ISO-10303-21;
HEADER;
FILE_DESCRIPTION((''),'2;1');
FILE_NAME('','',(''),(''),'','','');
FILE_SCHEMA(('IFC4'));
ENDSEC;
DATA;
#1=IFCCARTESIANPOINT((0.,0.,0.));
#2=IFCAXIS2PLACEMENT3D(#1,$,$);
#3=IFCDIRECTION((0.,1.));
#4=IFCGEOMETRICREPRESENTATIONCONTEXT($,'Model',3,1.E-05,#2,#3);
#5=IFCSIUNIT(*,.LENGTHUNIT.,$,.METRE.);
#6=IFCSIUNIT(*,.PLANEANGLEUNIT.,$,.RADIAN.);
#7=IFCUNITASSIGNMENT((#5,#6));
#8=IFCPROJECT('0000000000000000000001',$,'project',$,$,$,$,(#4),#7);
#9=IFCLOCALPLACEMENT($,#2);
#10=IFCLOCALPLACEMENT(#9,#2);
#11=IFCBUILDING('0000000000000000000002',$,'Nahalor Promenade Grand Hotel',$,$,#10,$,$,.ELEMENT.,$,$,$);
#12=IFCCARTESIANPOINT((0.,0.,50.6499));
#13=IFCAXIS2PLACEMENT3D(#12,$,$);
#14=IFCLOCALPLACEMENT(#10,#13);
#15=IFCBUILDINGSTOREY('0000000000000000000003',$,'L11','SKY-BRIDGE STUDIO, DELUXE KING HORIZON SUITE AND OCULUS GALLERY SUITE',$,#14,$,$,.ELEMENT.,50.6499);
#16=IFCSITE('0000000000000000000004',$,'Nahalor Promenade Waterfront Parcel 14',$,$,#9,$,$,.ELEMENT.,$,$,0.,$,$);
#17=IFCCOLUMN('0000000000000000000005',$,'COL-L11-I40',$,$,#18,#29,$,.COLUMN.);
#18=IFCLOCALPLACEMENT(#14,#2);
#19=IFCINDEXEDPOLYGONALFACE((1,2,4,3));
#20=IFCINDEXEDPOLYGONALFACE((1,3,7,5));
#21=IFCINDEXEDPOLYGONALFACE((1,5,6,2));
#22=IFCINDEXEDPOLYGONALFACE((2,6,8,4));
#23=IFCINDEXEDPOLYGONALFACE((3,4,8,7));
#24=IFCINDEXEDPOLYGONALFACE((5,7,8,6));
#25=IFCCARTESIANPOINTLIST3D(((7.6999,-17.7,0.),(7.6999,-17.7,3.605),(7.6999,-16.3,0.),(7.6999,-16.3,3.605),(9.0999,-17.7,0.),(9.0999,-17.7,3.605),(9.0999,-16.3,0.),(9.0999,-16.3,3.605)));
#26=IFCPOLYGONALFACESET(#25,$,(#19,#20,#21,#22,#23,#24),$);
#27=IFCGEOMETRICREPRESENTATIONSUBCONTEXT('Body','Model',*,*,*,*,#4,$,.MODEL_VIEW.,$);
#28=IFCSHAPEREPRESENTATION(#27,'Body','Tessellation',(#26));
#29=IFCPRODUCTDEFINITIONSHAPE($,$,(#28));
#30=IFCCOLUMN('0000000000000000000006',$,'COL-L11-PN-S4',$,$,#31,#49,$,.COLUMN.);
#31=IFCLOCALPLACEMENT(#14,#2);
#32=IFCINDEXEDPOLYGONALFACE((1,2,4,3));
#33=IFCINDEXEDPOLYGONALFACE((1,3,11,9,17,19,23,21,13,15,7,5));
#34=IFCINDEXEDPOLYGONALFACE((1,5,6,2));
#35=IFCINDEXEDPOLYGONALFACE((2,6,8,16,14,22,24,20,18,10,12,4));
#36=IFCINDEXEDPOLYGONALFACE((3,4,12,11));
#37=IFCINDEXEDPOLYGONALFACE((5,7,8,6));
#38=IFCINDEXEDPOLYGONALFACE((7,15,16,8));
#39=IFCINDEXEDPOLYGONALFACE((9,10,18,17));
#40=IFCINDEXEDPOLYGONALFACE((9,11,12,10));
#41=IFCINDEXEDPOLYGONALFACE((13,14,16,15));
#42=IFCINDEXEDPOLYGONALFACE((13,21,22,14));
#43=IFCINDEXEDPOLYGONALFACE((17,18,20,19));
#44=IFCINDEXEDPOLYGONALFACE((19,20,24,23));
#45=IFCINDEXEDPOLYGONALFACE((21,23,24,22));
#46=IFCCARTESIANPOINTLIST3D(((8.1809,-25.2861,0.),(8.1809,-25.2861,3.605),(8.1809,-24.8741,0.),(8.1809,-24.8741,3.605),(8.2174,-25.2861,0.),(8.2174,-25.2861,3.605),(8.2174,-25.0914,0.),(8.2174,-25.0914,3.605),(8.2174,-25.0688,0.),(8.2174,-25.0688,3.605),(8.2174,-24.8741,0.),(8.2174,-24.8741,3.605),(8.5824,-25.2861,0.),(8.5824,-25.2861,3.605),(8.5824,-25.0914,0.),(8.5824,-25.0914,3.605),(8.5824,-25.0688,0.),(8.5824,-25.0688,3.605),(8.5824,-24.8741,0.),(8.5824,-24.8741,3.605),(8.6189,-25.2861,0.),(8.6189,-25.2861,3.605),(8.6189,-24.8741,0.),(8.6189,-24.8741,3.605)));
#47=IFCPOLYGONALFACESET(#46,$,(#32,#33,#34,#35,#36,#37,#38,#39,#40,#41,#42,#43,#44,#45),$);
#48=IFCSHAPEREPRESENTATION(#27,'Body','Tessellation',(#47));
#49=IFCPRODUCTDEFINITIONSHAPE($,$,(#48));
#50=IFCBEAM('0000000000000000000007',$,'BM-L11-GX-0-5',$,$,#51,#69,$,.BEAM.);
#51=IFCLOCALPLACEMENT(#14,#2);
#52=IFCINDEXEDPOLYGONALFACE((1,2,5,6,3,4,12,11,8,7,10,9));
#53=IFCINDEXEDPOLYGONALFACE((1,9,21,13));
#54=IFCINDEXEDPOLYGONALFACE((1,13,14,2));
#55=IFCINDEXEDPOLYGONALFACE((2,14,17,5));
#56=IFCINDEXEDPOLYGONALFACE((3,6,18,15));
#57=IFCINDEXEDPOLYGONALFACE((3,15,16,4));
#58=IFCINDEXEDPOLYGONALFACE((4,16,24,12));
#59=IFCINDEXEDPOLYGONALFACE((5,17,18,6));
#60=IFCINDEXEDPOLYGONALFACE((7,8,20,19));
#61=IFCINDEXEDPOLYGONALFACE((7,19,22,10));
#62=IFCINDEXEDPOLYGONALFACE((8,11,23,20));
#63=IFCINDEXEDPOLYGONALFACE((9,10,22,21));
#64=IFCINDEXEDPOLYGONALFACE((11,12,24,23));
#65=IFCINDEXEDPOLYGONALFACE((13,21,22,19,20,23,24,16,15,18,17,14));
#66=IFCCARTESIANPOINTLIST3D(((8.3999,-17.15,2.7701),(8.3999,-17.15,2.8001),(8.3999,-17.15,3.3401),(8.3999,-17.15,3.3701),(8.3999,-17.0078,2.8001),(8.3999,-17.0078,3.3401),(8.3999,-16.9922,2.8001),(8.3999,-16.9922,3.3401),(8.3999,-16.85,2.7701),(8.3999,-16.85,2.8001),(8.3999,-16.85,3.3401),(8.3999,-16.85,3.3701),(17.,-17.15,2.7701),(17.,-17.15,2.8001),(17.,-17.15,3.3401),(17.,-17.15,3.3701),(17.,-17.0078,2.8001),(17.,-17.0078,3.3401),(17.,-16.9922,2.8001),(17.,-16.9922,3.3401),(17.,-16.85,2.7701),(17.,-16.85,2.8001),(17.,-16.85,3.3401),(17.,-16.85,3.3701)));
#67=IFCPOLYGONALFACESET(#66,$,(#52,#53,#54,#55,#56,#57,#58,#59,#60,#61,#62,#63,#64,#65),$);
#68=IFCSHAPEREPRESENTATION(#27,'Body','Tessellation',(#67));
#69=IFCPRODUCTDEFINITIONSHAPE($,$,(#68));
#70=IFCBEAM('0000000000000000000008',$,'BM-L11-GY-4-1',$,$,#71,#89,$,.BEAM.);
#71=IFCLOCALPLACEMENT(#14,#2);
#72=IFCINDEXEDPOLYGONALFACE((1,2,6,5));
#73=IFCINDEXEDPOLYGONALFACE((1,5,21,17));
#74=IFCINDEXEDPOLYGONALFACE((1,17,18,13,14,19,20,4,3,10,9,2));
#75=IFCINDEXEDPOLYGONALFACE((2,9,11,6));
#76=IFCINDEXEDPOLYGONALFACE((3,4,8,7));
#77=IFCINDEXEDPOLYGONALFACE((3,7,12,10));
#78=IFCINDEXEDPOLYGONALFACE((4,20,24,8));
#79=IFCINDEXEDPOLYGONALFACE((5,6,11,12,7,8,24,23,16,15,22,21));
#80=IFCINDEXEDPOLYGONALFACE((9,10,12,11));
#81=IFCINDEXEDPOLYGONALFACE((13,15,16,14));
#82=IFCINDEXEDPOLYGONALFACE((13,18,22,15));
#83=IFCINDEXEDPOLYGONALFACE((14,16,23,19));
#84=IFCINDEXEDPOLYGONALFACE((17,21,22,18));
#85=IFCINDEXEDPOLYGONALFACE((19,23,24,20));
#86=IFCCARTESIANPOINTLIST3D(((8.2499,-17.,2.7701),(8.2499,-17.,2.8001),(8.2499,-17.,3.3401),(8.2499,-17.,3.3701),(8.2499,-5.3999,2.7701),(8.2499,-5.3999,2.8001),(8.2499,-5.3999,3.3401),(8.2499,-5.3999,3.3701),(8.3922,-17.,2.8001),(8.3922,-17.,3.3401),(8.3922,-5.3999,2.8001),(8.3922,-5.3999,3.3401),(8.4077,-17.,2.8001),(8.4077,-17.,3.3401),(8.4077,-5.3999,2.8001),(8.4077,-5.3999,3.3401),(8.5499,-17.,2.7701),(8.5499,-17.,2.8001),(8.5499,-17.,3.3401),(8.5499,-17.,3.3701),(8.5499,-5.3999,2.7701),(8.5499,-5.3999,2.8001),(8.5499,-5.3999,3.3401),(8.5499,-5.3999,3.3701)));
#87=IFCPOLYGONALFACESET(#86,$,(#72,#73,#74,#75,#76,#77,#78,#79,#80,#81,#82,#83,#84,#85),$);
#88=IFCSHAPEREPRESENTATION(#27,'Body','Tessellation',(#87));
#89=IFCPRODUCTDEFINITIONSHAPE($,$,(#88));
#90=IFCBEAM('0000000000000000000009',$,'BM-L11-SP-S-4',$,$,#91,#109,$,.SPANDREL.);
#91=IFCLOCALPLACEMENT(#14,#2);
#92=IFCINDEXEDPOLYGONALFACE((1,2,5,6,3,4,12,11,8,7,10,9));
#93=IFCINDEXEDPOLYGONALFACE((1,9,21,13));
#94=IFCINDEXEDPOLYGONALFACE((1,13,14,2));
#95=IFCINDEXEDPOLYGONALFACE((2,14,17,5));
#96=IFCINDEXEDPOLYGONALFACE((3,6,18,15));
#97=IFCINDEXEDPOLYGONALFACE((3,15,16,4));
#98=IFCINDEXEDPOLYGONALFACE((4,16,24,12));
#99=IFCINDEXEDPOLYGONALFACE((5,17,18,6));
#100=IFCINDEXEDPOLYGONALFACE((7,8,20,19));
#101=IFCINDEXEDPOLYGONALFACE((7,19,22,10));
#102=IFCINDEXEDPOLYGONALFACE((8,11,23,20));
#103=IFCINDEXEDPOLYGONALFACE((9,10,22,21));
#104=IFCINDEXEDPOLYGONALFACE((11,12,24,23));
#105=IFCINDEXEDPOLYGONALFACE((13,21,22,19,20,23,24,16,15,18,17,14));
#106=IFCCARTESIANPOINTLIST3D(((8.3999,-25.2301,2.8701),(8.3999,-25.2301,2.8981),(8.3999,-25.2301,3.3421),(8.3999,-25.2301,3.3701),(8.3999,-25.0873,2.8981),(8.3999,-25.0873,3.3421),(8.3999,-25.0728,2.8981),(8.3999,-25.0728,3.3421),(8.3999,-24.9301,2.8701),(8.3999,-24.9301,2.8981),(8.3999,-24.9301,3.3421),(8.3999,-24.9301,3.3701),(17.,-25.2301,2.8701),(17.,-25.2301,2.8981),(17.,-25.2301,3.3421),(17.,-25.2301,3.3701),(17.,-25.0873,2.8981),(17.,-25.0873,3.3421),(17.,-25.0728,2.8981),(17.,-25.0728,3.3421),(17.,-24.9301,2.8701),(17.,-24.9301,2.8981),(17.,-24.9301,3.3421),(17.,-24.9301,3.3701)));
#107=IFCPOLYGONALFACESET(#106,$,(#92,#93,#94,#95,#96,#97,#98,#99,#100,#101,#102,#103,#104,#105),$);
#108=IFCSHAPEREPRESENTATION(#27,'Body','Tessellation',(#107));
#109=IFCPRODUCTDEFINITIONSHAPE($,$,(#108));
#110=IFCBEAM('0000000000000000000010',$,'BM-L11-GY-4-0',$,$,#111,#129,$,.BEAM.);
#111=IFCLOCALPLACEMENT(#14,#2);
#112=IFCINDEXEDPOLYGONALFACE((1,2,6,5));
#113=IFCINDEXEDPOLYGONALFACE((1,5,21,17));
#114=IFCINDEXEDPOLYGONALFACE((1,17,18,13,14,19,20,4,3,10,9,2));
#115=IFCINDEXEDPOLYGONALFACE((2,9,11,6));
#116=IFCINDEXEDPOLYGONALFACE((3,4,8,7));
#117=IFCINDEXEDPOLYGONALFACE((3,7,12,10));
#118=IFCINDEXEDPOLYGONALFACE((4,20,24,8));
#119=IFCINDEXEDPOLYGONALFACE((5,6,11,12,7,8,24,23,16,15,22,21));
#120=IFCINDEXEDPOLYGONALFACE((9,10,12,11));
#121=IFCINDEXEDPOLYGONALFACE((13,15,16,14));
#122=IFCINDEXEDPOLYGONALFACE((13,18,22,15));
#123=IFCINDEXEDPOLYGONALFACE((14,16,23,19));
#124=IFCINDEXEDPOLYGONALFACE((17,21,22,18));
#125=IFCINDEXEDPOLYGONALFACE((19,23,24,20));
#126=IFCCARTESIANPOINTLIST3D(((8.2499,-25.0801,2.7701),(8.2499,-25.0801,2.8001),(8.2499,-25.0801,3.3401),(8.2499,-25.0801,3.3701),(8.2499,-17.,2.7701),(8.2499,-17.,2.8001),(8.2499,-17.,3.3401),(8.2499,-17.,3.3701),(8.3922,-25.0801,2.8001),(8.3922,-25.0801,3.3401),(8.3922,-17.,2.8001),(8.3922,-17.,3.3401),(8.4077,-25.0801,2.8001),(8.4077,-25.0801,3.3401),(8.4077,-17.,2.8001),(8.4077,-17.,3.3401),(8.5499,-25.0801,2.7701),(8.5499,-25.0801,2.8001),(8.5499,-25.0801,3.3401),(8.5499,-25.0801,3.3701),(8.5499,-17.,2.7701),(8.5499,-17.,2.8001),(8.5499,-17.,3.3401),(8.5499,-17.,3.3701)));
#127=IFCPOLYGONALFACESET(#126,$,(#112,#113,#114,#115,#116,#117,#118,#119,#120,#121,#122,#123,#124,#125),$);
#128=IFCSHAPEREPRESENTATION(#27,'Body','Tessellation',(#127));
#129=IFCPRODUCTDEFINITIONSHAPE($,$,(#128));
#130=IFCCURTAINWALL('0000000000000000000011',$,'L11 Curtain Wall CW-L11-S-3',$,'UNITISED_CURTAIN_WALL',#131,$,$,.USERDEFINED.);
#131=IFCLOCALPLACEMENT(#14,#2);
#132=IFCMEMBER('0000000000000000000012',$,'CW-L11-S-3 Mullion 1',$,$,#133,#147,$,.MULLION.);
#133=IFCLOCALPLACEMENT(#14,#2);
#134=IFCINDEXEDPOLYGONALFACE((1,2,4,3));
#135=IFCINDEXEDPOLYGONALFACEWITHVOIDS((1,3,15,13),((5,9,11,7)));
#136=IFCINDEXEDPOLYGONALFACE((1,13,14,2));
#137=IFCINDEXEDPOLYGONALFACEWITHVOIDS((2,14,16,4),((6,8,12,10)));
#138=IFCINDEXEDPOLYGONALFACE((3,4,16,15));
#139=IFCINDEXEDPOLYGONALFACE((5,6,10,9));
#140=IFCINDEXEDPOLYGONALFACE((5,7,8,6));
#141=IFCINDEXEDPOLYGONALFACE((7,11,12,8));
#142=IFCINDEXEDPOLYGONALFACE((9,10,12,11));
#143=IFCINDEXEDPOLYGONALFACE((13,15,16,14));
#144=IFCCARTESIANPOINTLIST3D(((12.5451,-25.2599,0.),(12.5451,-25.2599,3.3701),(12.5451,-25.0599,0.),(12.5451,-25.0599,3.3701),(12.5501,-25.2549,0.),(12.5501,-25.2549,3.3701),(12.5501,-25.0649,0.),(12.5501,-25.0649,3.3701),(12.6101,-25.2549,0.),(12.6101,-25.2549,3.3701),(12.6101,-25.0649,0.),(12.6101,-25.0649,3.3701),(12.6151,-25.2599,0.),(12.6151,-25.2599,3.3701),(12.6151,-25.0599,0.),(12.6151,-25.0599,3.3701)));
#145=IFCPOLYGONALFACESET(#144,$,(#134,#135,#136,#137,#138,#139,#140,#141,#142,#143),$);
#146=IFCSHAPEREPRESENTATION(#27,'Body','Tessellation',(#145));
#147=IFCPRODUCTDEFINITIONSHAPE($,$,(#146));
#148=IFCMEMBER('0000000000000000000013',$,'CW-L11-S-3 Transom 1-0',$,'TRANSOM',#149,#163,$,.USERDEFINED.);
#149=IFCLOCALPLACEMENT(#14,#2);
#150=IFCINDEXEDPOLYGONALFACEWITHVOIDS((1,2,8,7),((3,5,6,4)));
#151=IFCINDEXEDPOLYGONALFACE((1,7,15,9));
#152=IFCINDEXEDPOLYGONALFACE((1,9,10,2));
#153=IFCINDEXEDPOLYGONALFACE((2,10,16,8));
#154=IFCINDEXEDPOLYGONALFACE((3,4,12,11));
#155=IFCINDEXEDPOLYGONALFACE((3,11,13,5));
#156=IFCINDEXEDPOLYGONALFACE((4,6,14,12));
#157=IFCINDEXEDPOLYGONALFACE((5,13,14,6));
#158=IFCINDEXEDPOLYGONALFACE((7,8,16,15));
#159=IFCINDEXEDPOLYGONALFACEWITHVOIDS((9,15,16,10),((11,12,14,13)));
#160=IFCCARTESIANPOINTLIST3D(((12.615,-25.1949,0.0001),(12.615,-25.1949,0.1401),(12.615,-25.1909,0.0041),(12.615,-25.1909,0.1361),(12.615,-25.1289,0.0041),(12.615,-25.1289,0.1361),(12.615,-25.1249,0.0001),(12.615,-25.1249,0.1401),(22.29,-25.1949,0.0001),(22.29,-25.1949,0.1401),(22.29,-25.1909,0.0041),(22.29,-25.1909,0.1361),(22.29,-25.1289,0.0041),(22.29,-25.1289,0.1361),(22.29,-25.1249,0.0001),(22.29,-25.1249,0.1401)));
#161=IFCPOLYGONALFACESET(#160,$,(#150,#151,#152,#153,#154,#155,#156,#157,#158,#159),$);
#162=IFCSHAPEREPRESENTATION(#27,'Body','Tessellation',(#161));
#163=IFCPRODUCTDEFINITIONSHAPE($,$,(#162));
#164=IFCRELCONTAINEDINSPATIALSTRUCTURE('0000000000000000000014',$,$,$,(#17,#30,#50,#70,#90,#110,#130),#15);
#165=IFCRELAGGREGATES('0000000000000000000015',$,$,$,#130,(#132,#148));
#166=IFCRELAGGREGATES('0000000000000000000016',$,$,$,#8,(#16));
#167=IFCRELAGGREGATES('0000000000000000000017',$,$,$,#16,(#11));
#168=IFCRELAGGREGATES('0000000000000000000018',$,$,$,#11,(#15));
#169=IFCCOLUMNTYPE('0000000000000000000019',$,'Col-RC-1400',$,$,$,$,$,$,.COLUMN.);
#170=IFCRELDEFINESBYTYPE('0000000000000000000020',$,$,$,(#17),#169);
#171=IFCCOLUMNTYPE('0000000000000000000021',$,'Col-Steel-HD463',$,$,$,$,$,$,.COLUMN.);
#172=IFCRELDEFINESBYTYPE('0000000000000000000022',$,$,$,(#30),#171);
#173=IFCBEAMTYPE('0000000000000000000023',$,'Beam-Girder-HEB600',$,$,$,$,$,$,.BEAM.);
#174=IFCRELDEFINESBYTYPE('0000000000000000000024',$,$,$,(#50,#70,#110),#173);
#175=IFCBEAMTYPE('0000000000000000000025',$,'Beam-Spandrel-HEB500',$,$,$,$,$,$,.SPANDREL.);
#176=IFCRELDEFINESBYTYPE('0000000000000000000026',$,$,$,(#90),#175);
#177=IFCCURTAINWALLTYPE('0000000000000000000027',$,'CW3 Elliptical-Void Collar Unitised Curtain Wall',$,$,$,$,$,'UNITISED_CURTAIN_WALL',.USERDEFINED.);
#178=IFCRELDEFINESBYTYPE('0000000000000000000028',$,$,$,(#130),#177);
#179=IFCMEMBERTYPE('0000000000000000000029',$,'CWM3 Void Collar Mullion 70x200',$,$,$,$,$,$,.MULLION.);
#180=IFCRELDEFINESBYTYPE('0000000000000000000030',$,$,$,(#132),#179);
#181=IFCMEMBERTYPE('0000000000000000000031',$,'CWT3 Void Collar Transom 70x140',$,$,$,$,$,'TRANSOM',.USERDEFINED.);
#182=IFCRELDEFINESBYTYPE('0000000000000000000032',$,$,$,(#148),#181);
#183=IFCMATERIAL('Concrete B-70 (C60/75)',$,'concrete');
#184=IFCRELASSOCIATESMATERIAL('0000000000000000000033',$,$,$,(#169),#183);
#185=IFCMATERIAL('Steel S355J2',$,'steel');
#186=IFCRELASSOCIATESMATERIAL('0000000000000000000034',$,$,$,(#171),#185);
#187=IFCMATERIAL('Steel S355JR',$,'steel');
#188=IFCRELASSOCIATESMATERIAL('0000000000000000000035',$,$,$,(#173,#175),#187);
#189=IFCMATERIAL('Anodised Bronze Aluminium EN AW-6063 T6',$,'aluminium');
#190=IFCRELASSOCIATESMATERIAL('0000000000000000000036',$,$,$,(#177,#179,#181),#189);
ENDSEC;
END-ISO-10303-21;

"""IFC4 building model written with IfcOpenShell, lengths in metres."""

from ifc_helpers import new_model, si_unit, direction, frame, origin, origin_2d, place, context, subcontext, project, spatial, rectangle, hollow_rectangle, i_section, extrude, source, transform, mapped, material, material_profile, profile_set, type_object, element, aggregate, save


model = new_model("IFC4")

# Units and contexts
model_context = context("Model", 3, precision=1e-05, world=origin(), true_north=direction((0.0, 1.0)))
body_context = subcontext(model_context, "Body", "Model", "MODEL_VIEW")
ifc_project = project(units=[si_unit("LENGTHUNIT", "METRE"), si_unit("PLANEANGLEUNIT", "RADIAN")], contexts=[model_context])

# Site, building, storey
site_placement = place(None, origin())
site = spatial("IfcSite", under=ifc_project, at=site_placement, Name="Nahalor Promenade Waterfront Parcel 14", CompositionType="ELEMENT", RefElevation=0.0)
building_placement = place(site_placement, origin())
building = spatial("IfcBuilding", under=site, at=building_placement, Name="Nahalor Promenade Grand Hotel", CompositionType="ELEMENT")
storey_placement = place(building_placement, frame((0.0, 0.0, 50.6499)))
storey = spatial("IfcBuildingStorey", under=building, at=storey_placement, Name="L11", Description="SKY-BRIDGE STUDIO, DELUXE KING HORIZON SUITE AND OCULUS GALLERY SUITE", CompositionType="ELEMENT", Elevation=50.6499)

# Columns
ifc_material_1 = material(Name="Concrete B-70 (C60/75)", Category="concrete")
ifc_material_profile_1 = material_profile(ifc_material_1, rectangle(XDim=1.4, YDim=1.4, at=origin_2d()), Name="RC 1400x1400")
ifc_profile_set_1 = profile_set([ifc_material_profile_1], Name="Concrete B-70 (C60/75)")
column_type_1 = type_object("IfcColumnType", Name="Col-RC-1400", PredefinedType="COLUMN", material=ifc_profile_set_1)
shared_shape_1 = source(origin(), body_context, "Body", "SweptSolid", [
    extrude(rectangle(XDim=1.4, YDim=1.4, at=origin_2d()), origin(), (0.0, 0.0, 1.0), 3.605),
])
column_1_placement = place(storey_placement, frame((8.3999, -17.0, 0.0), z_axis=(0.0, 0.0, 1.0), x_axis=(1.0, 0.0, 0.0)))
element("IfcColumn", 1, at=column_1_placement, inside=storey, type_object=column_type_1, Name="COL-L11-I40", PredefinedType="COLUMN", context=body_context, shape_type="MappedRepresentation", body=[
    mapped(shared_shape_1, transform((0.0, 0.0, 0.0), scale=1.0)),
])
ifc_material_2 = material(Name="Steel S355J2", Category="steel")
ifc_material_profile_2 = material_profile(ifc_material_2, i_section(OverallWidth=0.412, OverallDepth=0.438, WebThickness=0.0226, FlangeThickness=0.0365, at=origin_2d()), Name="HD 400x463")
ifc_profile_set_2 = profile_set([ifc_material_profile_2], Name="Steel S355J2")
column_type_2 = type_object("IfcColumnType", Name="Col-Steel-HD463", PredefinedType="COLUMN", material=ifc_profile_set_2)
shared_shape_2 = source(origin(), body_context, "Body", "SweptSolid", [
    extrude(i_section(OverallWidth=0.412, OverallDepth=0.438, WebThickness=0.0226, FlangeThickness=0.0365, at=origin_2d()), origin(), (0.0, 0.0, 1.0), 3.605),
])
column_2_placement = place(storey_placement, frame((8.3999, -25.0801, 0.0), z_axis=(0.0, 0.0, 1.0), x_axis=(0.0, 1.0, 0.0)))
element("IfcColumn", 2, at=column_2_placement, inside=storey, type_object=column_type_2, Name="COL-L11-PN-S4", PredefinedType="COLUMN", context=body_context, shape_type="MappedRepresentation", body=[
    mapped(shared_shape_2, transform((0.0, 0.0, 0.0), scale=1.0)),
])

# Beams
ifc_material_3 = material(Name="Steel S355JR", Category="steel")
ifc_material_profile_3 = material_profile(ifc_material_3, i_section(OverallWidth=0.3, OverallDepth=0.6, WebThickness=0.0155, FlangeThickness=0.03, at=origin_2d()), Name="HEB 600")
ifc_profile_set_3 = profile_set([ifc_material_profile_3], Name="Steel S355JR")
beam_type_1 = type_object("IfcBeamType", Name="Beam-Girder-HEB600", PredefinedType="BEAM", material=ifc_profile_set_3)
shared_shape_3 = source(origin(), body_context, "Body", "SweptSolid", [
    extrude(i_section(OverallWidth=0.3, OverallDepth=0.6, WebThickness=0.0155, FlangeThickness=0.03, at=origin_2d()), origin(), (0.0, 0.0, 1.0), 8.6001),
])
beam_1_placement = place(storey_placement, frame((8.3999, -17.0, 3.0701), z_axis=(1.0, 0.0, 0.0), x_axis=(0.0, 1.0, 0.0)))
element("IfcBeam", 3, at=beam_1_placement, inside=storey, type_object=beam_type_1, Name="BM-L11-GX-0-5", PredefinedType="BEAM", context=body_context, shape_type="MappedRepresentation", body=[
    mapped(shared_shape_3, transform((0.0, 0.0, 0.0), scale=1.0)),
])
shared_shape_4 = source(origin(), body_context, "Body", "SweptSolid", [
    extrude(i_section(OverallWidth=0.3, OverallDepth=0.6, WebThickness=0.0155, FlangeThickness=0.03, at=origin_2d()), origin(), (0.0, 0.0, 1.0), 11.6001),
])
beam_2_placement = place(storey_placement, frame((8.3999, -17.0, 3.0701), z_axis=(0.0, 1.0, 0.0), x_axis=(-1.0, 0.0, 0.0)))
element("IfcBeam", 4, at=beam_2_placement, inside=storey, type_object=beam_type_1, Name="BM-L11-GY-4-1", PredefinedType="BEAM", context=body_context, shape_type="MappedRepresentation", body=[
    mapped(shared_shape_4, transform((0.0, 0.0, 0.0), scale=1.0)),
])
ifc_material_profile_4 = material_profile(ifc_material_3, i_section(OverallWidth=0.3, OverallDepth=0.5, WebThickness=0.0145, FlangeThickness=0.028, at=origin_2d()), Name="HEB 500")
ifc_profile_set_4 = profile_set([ifc_material_profile_4], Name="Steel S355JR")
beam_type_2 = type_object("IfcBeamType", Name="Beam-Spandrel-HEB500", PredefinedType="SPANDREL", material=ifc_profile_set_4)
shared_shape_5 = source(origin(), body_context, "Body", "SweptSolid", [
    extrude(i_section(OverallWidth=0.3, OverallDepth=0.5, WebThickness=0.0145, FlangeThickness=0.028, at=origin_2d()), origin(), (0.0, 0.0, 1.0), 8.6001),
])
beam_3_placement = place(storey_placement, frame((8.3999, -25.0801, 3.1201), z_axis=(1.0, 0.0, 0.0), x_axis=(0.0, 1.0, 0.0)))
element("IfcBeam", 5, at=beam_3_placement, inside=storey, type_object=beam_type_2, Name="BM-L11-SP-S-4", PredefinedType="SPANDREL", context=body_context, shape_type="MappedRepresentation", body=[
    mapped(shared_shape_5, transform((0.0, 0.0, 0.0), scale=1.0)),
])
shared_shape_6 = source(origin(), body_context, "Body", "SweptSolid", [
    extrude(i_section(OverallWidth=0.3, OverallDepth=0.6, WebThickness=0.0155, FlangeThickness=0.03, at=origin_2d()), origin(), (0.0, 0.0, 1.0), 8.0801),
])
beam_4_placement = place(storey_placement, frame((8.3999, -25.0801, 3.0701), z_axis=(0.0, 1.0, 0.0), x_axis=(-1.0, 0.0, 0.0)))
element("IfcBeam", 6, at=beam_4_placement, inside=storey, type_object=beam_type_1, Name="BM-L11-GY-4-0", PredefinedType="BEAM", context=body_context, shape_type="MappedRepresentation", body=[
    mapped(shared_shape_6, transform((0.0, 0.0, 0.0), scale=1.0)),
])

# Curtain wall, members
ifc_material_4 = material(Name="Anodised Bronze Aluminium EN AW-6063 T6", Category="aluminium")
curtain_wall_type = type_object("IfcCurtainWallType", Name="CW3 Elliptical-Void Collar Unitised Curtain Wall", ElementType="UNITISED_CURTAIN_WALL", PredefinedType="USERDEFINED", material=ifc_material_4)
curtain_wall_placement = place(storey_placement, origin())
curtain_wall = element("IfcCurtainWall", 7, at=curtain_wall_placement, inside=storey, type_object=curtain_wall_type, Name="L11 Curtain Wall CW-L11-S-3", ObjectType="UNITISED_CURTAIN_WALL", PredefinedType="USERDEFINED")
ifc_material_profile_5 = material_profile(ifc_material_4, hollow_rectangle(XDim=0.07, YDim=0.2, WallThickness=0.005, at=origin_2d()), Name="CWM 70x200x5")
ifc_profile_set_5 = profile_set([ifc_material_profile_5], Name="Anodised Bronze Aluminium EN AW-6063 T6")
member_type_1 = type_object("IfcMemberType", Name="CWM3 Void Collar Mullion 70x200", PredefinedType="MULLION", material=ifc_profile_set_5)
shared_shape_7 = source(origin(), body_context, "Body", "SweptSolid", [
    extrude(hollow_rectangle(XDim=0.07, YDim=0.2, WallThickness=0.005, at=origin_2d()), origin(), (0.0, 0.0, 1.0), 3.3701),
])
member_1_placement = place(storey_placement, frame((12.5801, -25.1599, 0.0), z_axis=(0.0, 0.0, 1.0), x_axis=(1.0, 0.0, 0.0)))
member_1 = element("IfcMember", 8, at=member_1_placement, type_object=member_type_1, Name="CW-L11-S-3 Mullion 1", PredefinedType="MULLION", context=body_context, shape_type="MappedRepresentation", body=[
    mapped(shared_shape_7, transform((0.0, 0.0, 0.0), scale=1.0)),
])
ifc_material_profile_6 = material_profile(ifc_material_4, hollow_rectangle(XDim=0.07, YDim=0.14, WallThickness=0.004, at=origin_2d()), Name="CWT 70x140x4")
ifc_profile_set_6 = profile_set([ifc_material_profile_6], Name="Anodised Bronze Aluminium EN AW-6063 T6")
member_type_2 = type_object("IfcMemberType", Name="CWT3 Void Collar Transom 70x140", ElementType="TRANSOM", PredefinedType="USERDEFINED", material=ifc_profile_set_6)
shared_shape_8 = source(origin(), body_context, "Body", "SweptSolid", [
    extrude(hollow_rectangle(XDim=0.07, YDim=0.14, WallThickness=0.004, at=origin_2d()), origin(), (0.0, 0.0, 1.0), 9.675),
])
member_2_placement = place(storey_placement, frame((12.615, -25.1599, 0.0701), z_axis=(1.0, 0.0, 0.0), x_axis=(0.0, 1.0, 0.0)))
member_2 = element("IfcMember", 9, at=member_2_placement, type_object=member_type_2, Name="CW-L11-S-3 Transom 1-0", ObjectType="TRANSOM", PredefinedType="USERDEFINED", context=body_context, shape_type="MappedRepresentation", body=[
    mapped(shared_shape_8, transform((0.0, 0.0, 0.0), scale=1.0)),
])
aggregate(curtain_wall, [member_1, member_2])

save(model, "model.ifc")
